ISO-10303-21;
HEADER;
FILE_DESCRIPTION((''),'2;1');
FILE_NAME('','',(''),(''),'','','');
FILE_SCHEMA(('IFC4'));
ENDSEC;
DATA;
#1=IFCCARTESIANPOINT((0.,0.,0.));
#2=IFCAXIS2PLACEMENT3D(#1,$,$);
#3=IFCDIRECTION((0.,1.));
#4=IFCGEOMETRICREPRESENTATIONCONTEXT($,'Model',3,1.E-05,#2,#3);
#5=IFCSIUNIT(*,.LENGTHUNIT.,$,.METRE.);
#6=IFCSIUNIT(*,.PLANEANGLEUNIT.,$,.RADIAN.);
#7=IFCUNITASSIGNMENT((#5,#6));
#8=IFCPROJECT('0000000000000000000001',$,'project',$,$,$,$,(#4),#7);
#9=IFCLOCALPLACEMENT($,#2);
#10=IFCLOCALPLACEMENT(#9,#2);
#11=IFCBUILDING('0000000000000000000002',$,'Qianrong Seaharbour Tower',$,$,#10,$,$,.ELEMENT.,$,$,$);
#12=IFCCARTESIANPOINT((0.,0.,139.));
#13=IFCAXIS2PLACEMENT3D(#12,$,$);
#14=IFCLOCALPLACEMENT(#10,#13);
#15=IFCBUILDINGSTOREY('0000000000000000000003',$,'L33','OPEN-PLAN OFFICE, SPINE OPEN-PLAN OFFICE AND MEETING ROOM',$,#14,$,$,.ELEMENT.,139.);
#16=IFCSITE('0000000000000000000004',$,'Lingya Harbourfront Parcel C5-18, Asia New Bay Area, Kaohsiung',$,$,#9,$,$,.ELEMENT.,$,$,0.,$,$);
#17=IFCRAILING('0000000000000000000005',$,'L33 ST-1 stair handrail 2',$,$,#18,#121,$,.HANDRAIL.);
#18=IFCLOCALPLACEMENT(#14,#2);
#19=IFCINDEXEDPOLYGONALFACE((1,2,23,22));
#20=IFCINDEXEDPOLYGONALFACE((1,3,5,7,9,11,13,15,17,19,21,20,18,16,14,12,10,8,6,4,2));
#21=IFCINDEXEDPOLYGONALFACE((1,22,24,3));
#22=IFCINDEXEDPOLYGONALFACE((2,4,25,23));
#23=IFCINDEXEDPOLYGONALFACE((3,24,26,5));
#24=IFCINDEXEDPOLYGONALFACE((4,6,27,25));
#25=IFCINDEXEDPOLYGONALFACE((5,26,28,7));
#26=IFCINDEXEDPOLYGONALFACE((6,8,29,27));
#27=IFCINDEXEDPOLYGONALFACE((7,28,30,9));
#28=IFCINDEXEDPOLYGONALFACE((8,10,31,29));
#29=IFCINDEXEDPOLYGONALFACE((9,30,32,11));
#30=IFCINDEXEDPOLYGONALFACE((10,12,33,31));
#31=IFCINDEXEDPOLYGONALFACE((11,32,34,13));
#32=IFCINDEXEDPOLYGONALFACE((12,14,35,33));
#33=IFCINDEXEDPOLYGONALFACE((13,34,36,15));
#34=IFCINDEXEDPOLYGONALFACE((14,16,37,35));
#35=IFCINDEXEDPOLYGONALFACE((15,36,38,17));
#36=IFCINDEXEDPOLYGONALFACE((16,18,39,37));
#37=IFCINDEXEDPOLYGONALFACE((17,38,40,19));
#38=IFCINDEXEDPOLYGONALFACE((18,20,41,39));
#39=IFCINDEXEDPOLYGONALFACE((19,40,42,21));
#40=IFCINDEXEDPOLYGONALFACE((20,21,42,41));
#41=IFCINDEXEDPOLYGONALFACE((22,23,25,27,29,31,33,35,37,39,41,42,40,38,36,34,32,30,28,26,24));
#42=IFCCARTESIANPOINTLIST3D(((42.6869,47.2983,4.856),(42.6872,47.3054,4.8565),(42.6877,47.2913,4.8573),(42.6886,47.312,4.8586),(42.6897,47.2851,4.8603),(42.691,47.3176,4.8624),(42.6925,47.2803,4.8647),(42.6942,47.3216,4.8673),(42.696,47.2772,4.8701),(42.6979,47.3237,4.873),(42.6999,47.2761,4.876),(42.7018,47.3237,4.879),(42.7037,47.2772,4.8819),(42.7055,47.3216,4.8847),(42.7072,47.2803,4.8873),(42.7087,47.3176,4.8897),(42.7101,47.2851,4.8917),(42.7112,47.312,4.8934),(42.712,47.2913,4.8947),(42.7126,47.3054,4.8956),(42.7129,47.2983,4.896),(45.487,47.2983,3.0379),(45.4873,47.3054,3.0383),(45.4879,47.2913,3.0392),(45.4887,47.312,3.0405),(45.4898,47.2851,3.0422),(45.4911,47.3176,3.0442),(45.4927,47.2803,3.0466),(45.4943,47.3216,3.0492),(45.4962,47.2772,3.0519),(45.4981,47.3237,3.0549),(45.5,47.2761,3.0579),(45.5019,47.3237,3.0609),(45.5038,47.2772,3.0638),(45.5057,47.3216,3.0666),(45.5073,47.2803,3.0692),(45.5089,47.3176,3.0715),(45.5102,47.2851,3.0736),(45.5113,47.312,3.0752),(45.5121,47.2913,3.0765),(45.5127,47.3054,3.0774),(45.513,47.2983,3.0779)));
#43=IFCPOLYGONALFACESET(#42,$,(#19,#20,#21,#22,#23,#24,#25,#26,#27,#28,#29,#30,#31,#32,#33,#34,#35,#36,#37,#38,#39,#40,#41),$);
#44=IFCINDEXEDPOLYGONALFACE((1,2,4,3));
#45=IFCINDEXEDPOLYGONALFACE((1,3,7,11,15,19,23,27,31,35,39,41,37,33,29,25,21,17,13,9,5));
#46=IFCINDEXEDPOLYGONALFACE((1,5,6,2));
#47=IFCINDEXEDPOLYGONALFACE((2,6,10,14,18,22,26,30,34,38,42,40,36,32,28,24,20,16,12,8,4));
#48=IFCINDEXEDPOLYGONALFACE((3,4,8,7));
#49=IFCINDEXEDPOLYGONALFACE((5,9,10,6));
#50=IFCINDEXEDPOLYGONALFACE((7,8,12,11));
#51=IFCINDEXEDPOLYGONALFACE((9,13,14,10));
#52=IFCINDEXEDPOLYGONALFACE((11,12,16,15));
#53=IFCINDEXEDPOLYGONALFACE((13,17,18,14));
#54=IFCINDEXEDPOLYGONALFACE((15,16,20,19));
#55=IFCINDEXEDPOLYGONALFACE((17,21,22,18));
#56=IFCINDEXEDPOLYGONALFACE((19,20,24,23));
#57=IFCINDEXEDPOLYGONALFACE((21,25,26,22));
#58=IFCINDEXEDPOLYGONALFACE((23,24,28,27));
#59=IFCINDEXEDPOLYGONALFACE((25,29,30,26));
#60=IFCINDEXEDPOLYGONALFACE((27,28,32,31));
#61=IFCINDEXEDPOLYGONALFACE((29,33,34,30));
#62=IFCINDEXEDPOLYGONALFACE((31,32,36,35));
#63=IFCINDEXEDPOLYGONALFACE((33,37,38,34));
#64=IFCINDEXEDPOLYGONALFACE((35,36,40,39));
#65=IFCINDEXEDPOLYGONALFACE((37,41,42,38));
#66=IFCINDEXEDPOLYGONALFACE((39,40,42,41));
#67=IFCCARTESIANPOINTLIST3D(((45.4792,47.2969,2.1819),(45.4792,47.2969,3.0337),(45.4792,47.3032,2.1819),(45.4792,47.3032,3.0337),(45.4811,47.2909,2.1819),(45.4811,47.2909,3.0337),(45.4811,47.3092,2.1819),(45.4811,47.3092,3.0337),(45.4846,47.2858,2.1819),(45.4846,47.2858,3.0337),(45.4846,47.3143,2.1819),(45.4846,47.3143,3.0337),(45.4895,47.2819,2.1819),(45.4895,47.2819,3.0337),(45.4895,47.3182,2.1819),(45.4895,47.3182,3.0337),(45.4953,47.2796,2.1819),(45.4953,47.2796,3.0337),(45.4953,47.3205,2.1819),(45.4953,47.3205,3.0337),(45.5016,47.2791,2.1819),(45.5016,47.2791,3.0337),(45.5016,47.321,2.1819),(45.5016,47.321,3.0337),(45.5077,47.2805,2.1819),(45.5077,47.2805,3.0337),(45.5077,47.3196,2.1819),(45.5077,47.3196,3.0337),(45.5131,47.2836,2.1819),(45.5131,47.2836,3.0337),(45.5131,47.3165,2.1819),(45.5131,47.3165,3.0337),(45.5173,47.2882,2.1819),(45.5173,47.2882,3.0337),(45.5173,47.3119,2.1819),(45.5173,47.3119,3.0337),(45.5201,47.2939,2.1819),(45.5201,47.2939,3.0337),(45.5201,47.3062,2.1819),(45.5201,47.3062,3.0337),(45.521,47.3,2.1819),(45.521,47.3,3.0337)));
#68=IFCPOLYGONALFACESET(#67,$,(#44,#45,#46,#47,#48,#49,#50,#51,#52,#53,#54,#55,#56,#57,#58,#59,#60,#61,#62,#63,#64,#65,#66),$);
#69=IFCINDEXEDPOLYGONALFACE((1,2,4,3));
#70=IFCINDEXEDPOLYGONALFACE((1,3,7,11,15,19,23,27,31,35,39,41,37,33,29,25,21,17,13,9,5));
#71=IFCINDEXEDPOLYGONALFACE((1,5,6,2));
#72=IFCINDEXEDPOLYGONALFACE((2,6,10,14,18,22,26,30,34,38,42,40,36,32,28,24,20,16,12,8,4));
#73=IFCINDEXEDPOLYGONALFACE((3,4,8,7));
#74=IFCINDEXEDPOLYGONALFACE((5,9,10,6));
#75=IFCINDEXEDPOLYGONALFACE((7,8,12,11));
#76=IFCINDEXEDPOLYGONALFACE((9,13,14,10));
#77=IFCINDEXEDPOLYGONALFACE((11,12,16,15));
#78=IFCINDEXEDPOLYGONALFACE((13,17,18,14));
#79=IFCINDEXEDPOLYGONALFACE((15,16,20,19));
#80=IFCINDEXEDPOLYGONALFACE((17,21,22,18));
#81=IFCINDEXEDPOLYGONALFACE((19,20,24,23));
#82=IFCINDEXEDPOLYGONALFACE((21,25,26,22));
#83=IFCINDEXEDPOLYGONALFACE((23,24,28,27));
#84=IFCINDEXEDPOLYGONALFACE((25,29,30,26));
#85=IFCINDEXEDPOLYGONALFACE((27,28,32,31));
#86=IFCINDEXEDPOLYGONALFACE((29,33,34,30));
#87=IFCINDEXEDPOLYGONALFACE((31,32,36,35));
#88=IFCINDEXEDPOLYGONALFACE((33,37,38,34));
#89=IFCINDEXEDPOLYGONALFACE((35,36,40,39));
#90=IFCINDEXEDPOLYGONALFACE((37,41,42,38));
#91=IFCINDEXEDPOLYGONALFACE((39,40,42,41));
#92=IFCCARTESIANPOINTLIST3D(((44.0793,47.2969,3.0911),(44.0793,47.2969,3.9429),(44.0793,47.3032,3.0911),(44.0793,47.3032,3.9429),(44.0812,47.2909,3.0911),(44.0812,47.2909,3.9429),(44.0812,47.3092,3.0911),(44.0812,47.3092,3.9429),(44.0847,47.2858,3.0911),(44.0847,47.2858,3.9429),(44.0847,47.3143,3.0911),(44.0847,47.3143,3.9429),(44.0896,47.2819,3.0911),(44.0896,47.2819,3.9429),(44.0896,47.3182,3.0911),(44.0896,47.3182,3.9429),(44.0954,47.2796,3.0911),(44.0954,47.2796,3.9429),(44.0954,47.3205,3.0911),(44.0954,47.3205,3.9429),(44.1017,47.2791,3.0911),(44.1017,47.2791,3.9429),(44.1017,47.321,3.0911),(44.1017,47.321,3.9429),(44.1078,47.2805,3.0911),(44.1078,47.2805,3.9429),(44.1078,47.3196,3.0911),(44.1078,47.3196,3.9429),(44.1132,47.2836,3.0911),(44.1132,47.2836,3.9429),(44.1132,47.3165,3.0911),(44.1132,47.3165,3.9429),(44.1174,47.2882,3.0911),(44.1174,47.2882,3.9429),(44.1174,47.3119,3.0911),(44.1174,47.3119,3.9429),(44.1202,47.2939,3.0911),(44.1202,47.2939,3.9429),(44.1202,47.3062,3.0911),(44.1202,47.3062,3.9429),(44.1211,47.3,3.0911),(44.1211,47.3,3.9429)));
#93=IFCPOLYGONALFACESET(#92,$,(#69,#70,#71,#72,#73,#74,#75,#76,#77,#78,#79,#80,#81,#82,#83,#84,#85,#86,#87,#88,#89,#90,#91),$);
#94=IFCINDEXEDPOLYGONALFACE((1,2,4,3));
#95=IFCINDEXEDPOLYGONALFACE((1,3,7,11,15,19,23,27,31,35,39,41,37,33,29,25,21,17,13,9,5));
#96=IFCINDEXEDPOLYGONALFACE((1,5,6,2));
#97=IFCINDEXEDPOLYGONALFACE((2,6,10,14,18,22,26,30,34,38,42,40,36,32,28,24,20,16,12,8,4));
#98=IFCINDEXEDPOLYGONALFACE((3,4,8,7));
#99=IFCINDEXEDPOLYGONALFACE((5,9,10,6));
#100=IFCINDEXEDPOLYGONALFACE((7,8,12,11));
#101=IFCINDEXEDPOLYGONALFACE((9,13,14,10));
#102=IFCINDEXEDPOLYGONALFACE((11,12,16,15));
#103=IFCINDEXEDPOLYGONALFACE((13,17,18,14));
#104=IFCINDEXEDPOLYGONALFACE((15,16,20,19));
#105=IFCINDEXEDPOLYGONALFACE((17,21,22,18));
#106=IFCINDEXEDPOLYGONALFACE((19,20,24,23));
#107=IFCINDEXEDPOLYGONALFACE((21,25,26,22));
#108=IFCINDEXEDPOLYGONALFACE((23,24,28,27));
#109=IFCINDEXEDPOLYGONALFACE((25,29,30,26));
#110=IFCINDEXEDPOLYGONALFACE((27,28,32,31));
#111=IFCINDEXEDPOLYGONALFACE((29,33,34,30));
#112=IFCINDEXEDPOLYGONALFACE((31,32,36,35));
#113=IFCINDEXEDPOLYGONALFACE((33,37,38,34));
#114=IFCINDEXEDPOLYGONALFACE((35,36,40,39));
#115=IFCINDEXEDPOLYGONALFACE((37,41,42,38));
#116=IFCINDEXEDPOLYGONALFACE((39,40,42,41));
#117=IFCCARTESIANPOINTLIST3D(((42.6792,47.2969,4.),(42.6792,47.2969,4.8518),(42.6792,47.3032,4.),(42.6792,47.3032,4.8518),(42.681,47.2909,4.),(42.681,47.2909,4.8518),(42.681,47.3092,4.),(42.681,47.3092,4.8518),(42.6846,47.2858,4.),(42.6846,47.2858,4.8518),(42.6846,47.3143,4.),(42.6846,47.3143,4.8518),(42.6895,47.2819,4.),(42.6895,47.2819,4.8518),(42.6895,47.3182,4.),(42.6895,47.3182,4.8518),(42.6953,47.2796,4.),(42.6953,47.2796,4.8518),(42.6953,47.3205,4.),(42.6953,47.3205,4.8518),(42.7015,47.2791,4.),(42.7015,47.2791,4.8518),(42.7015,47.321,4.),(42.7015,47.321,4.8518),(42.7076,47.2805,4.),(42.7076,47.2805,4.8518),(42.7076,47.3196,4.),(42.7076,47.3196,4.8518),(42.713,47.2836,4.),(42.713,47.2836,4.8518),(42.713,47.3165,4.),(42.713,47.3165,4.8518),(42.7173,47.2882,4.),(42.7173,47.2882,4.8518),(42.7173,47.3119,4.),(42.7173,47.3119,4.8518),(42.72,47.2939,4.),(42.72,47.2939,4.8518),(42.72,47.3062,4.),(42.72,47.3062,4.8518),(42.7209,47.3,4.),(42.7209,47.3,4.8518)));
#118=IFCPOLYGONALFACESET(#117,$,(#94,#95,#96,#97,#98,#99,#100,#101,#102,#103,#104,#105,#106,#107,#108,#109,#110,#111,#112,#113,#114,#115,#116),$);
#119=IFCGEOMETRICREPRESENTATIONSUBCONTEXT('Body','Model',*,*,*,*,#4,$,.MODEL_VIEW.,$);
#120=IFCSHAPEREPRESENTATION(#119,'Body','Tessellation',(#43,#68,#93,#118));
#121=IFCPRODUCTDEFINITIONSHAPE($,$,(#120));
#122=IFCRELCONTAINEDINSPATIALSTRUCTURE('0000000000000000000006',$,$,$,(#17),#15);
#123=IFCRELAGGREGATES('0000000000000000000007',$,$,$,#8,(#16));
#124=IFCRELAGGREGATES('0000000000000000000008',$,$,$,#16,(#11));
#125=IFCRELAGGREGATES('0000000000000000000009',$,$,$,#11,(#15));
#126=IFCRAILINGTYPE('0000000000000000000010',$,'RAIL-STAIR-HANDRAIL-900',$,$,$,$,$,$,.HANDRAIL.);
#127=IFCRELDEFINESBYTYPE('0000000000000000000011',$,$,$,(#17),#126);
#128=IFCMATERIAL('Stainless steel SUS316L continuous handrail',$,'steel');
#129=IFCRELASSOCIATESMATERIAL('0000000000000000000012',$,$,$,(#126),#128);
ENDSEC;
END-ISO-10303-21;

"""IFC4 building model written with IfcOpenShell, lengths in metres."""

from ifc_helpers import new_model, si_unit, direction, frame, origin, origin_2d, place, context, subcontext, project, spatial, circle, extrude, material, type_object, element, save


model = new_model("IFC4")

# Units and contexts
model_context = context("Model", 3, precision=1e-05, world=origin(), true_north=direction((0.0, 1.0)))
body_context = subcontext(model_context, "Body", "Model", "MODEL_VIEW")
ifc_project = project(units=[si_unit("LENGTHUNIT", "METRE"), si_unit("PLANEANGLEUNIT", "RADIAN")], contexts=[model_context])

# Site, building, storey
site_placement = place(None, origin())
site = spatial("IfcSite", under=ifc_project, at=site_placement, Name="Lingya Harbourfront Parcel C5-18, Asia New Bay Area, Kaohsiung", CompositionType="ELEMENT", RefElevation=0.0)
building_placement = place(site_placement, origin())
building = spatial("IfcBuilding", under=site, at=building_placement, Name="Qianrong Seaharbour Tower", CompositionType="ELEMENT")
storey_placement = place(building_placement, frame((0.0, 0.0, 139.0)))
storey = spatial("IfcBuildingStorey", under=building, at=storey_placement, Name="L33", Description="OPEN-PLAN OFFICE, SPINE OPEN-PLAN OFFICE AND MEETING ROOM", CompositionType="ELEMENT", Elevation=139.0)

# Railing
ifc_material_1 = material(Name="Stainless steel SUS316L continuous handrail", Category="steel")
railing_type_1 = type_object("IfcRailingType", Name="RAIL-STAIR-HANDRAIL-900", PredefinedType="HANDRAIL", material=ifc_material_1)
railing_1_placement = place(storey_placement, frame((45.5, 47.3, 2.1819)))
element("IfcRailing", 1, at=railing_1_placement, inside=storey, type_object=railing_type_1, Name="L33 ST-1 stair handrail 2", PredefinedType="HANDRAIL", context=body_context, shape_type="SweptSolid", body=[
    extrude(circle(Radius=0.0239, at=origin_2d()), frame((0.0, 0.0, 0.876), z_axis=(-0.838706, 0.0, 0.544585), x_axis=(0.0, -1.0, 0.0)), (0.0, 0.0, 1.0), 3.3386),
    extrude(circle(Radius=0.021, at=origin_2d()), origin(), (0.0, 0.0, 1.0), 0.8518),
    extrude(circle(Radius=0.021, at=origin_2d()), frame((-1.3999, 0.0, 0.9092)), (0.0, 0.0, 1.0), 0.8518),
    extrude(circle(Radius=0.021, at=origin_2d()), frame((-2.8, 0.0, 1.8181)), (0.0, 0.0, 1.0), 0.8518),
])

save(model, "model.ifc")
